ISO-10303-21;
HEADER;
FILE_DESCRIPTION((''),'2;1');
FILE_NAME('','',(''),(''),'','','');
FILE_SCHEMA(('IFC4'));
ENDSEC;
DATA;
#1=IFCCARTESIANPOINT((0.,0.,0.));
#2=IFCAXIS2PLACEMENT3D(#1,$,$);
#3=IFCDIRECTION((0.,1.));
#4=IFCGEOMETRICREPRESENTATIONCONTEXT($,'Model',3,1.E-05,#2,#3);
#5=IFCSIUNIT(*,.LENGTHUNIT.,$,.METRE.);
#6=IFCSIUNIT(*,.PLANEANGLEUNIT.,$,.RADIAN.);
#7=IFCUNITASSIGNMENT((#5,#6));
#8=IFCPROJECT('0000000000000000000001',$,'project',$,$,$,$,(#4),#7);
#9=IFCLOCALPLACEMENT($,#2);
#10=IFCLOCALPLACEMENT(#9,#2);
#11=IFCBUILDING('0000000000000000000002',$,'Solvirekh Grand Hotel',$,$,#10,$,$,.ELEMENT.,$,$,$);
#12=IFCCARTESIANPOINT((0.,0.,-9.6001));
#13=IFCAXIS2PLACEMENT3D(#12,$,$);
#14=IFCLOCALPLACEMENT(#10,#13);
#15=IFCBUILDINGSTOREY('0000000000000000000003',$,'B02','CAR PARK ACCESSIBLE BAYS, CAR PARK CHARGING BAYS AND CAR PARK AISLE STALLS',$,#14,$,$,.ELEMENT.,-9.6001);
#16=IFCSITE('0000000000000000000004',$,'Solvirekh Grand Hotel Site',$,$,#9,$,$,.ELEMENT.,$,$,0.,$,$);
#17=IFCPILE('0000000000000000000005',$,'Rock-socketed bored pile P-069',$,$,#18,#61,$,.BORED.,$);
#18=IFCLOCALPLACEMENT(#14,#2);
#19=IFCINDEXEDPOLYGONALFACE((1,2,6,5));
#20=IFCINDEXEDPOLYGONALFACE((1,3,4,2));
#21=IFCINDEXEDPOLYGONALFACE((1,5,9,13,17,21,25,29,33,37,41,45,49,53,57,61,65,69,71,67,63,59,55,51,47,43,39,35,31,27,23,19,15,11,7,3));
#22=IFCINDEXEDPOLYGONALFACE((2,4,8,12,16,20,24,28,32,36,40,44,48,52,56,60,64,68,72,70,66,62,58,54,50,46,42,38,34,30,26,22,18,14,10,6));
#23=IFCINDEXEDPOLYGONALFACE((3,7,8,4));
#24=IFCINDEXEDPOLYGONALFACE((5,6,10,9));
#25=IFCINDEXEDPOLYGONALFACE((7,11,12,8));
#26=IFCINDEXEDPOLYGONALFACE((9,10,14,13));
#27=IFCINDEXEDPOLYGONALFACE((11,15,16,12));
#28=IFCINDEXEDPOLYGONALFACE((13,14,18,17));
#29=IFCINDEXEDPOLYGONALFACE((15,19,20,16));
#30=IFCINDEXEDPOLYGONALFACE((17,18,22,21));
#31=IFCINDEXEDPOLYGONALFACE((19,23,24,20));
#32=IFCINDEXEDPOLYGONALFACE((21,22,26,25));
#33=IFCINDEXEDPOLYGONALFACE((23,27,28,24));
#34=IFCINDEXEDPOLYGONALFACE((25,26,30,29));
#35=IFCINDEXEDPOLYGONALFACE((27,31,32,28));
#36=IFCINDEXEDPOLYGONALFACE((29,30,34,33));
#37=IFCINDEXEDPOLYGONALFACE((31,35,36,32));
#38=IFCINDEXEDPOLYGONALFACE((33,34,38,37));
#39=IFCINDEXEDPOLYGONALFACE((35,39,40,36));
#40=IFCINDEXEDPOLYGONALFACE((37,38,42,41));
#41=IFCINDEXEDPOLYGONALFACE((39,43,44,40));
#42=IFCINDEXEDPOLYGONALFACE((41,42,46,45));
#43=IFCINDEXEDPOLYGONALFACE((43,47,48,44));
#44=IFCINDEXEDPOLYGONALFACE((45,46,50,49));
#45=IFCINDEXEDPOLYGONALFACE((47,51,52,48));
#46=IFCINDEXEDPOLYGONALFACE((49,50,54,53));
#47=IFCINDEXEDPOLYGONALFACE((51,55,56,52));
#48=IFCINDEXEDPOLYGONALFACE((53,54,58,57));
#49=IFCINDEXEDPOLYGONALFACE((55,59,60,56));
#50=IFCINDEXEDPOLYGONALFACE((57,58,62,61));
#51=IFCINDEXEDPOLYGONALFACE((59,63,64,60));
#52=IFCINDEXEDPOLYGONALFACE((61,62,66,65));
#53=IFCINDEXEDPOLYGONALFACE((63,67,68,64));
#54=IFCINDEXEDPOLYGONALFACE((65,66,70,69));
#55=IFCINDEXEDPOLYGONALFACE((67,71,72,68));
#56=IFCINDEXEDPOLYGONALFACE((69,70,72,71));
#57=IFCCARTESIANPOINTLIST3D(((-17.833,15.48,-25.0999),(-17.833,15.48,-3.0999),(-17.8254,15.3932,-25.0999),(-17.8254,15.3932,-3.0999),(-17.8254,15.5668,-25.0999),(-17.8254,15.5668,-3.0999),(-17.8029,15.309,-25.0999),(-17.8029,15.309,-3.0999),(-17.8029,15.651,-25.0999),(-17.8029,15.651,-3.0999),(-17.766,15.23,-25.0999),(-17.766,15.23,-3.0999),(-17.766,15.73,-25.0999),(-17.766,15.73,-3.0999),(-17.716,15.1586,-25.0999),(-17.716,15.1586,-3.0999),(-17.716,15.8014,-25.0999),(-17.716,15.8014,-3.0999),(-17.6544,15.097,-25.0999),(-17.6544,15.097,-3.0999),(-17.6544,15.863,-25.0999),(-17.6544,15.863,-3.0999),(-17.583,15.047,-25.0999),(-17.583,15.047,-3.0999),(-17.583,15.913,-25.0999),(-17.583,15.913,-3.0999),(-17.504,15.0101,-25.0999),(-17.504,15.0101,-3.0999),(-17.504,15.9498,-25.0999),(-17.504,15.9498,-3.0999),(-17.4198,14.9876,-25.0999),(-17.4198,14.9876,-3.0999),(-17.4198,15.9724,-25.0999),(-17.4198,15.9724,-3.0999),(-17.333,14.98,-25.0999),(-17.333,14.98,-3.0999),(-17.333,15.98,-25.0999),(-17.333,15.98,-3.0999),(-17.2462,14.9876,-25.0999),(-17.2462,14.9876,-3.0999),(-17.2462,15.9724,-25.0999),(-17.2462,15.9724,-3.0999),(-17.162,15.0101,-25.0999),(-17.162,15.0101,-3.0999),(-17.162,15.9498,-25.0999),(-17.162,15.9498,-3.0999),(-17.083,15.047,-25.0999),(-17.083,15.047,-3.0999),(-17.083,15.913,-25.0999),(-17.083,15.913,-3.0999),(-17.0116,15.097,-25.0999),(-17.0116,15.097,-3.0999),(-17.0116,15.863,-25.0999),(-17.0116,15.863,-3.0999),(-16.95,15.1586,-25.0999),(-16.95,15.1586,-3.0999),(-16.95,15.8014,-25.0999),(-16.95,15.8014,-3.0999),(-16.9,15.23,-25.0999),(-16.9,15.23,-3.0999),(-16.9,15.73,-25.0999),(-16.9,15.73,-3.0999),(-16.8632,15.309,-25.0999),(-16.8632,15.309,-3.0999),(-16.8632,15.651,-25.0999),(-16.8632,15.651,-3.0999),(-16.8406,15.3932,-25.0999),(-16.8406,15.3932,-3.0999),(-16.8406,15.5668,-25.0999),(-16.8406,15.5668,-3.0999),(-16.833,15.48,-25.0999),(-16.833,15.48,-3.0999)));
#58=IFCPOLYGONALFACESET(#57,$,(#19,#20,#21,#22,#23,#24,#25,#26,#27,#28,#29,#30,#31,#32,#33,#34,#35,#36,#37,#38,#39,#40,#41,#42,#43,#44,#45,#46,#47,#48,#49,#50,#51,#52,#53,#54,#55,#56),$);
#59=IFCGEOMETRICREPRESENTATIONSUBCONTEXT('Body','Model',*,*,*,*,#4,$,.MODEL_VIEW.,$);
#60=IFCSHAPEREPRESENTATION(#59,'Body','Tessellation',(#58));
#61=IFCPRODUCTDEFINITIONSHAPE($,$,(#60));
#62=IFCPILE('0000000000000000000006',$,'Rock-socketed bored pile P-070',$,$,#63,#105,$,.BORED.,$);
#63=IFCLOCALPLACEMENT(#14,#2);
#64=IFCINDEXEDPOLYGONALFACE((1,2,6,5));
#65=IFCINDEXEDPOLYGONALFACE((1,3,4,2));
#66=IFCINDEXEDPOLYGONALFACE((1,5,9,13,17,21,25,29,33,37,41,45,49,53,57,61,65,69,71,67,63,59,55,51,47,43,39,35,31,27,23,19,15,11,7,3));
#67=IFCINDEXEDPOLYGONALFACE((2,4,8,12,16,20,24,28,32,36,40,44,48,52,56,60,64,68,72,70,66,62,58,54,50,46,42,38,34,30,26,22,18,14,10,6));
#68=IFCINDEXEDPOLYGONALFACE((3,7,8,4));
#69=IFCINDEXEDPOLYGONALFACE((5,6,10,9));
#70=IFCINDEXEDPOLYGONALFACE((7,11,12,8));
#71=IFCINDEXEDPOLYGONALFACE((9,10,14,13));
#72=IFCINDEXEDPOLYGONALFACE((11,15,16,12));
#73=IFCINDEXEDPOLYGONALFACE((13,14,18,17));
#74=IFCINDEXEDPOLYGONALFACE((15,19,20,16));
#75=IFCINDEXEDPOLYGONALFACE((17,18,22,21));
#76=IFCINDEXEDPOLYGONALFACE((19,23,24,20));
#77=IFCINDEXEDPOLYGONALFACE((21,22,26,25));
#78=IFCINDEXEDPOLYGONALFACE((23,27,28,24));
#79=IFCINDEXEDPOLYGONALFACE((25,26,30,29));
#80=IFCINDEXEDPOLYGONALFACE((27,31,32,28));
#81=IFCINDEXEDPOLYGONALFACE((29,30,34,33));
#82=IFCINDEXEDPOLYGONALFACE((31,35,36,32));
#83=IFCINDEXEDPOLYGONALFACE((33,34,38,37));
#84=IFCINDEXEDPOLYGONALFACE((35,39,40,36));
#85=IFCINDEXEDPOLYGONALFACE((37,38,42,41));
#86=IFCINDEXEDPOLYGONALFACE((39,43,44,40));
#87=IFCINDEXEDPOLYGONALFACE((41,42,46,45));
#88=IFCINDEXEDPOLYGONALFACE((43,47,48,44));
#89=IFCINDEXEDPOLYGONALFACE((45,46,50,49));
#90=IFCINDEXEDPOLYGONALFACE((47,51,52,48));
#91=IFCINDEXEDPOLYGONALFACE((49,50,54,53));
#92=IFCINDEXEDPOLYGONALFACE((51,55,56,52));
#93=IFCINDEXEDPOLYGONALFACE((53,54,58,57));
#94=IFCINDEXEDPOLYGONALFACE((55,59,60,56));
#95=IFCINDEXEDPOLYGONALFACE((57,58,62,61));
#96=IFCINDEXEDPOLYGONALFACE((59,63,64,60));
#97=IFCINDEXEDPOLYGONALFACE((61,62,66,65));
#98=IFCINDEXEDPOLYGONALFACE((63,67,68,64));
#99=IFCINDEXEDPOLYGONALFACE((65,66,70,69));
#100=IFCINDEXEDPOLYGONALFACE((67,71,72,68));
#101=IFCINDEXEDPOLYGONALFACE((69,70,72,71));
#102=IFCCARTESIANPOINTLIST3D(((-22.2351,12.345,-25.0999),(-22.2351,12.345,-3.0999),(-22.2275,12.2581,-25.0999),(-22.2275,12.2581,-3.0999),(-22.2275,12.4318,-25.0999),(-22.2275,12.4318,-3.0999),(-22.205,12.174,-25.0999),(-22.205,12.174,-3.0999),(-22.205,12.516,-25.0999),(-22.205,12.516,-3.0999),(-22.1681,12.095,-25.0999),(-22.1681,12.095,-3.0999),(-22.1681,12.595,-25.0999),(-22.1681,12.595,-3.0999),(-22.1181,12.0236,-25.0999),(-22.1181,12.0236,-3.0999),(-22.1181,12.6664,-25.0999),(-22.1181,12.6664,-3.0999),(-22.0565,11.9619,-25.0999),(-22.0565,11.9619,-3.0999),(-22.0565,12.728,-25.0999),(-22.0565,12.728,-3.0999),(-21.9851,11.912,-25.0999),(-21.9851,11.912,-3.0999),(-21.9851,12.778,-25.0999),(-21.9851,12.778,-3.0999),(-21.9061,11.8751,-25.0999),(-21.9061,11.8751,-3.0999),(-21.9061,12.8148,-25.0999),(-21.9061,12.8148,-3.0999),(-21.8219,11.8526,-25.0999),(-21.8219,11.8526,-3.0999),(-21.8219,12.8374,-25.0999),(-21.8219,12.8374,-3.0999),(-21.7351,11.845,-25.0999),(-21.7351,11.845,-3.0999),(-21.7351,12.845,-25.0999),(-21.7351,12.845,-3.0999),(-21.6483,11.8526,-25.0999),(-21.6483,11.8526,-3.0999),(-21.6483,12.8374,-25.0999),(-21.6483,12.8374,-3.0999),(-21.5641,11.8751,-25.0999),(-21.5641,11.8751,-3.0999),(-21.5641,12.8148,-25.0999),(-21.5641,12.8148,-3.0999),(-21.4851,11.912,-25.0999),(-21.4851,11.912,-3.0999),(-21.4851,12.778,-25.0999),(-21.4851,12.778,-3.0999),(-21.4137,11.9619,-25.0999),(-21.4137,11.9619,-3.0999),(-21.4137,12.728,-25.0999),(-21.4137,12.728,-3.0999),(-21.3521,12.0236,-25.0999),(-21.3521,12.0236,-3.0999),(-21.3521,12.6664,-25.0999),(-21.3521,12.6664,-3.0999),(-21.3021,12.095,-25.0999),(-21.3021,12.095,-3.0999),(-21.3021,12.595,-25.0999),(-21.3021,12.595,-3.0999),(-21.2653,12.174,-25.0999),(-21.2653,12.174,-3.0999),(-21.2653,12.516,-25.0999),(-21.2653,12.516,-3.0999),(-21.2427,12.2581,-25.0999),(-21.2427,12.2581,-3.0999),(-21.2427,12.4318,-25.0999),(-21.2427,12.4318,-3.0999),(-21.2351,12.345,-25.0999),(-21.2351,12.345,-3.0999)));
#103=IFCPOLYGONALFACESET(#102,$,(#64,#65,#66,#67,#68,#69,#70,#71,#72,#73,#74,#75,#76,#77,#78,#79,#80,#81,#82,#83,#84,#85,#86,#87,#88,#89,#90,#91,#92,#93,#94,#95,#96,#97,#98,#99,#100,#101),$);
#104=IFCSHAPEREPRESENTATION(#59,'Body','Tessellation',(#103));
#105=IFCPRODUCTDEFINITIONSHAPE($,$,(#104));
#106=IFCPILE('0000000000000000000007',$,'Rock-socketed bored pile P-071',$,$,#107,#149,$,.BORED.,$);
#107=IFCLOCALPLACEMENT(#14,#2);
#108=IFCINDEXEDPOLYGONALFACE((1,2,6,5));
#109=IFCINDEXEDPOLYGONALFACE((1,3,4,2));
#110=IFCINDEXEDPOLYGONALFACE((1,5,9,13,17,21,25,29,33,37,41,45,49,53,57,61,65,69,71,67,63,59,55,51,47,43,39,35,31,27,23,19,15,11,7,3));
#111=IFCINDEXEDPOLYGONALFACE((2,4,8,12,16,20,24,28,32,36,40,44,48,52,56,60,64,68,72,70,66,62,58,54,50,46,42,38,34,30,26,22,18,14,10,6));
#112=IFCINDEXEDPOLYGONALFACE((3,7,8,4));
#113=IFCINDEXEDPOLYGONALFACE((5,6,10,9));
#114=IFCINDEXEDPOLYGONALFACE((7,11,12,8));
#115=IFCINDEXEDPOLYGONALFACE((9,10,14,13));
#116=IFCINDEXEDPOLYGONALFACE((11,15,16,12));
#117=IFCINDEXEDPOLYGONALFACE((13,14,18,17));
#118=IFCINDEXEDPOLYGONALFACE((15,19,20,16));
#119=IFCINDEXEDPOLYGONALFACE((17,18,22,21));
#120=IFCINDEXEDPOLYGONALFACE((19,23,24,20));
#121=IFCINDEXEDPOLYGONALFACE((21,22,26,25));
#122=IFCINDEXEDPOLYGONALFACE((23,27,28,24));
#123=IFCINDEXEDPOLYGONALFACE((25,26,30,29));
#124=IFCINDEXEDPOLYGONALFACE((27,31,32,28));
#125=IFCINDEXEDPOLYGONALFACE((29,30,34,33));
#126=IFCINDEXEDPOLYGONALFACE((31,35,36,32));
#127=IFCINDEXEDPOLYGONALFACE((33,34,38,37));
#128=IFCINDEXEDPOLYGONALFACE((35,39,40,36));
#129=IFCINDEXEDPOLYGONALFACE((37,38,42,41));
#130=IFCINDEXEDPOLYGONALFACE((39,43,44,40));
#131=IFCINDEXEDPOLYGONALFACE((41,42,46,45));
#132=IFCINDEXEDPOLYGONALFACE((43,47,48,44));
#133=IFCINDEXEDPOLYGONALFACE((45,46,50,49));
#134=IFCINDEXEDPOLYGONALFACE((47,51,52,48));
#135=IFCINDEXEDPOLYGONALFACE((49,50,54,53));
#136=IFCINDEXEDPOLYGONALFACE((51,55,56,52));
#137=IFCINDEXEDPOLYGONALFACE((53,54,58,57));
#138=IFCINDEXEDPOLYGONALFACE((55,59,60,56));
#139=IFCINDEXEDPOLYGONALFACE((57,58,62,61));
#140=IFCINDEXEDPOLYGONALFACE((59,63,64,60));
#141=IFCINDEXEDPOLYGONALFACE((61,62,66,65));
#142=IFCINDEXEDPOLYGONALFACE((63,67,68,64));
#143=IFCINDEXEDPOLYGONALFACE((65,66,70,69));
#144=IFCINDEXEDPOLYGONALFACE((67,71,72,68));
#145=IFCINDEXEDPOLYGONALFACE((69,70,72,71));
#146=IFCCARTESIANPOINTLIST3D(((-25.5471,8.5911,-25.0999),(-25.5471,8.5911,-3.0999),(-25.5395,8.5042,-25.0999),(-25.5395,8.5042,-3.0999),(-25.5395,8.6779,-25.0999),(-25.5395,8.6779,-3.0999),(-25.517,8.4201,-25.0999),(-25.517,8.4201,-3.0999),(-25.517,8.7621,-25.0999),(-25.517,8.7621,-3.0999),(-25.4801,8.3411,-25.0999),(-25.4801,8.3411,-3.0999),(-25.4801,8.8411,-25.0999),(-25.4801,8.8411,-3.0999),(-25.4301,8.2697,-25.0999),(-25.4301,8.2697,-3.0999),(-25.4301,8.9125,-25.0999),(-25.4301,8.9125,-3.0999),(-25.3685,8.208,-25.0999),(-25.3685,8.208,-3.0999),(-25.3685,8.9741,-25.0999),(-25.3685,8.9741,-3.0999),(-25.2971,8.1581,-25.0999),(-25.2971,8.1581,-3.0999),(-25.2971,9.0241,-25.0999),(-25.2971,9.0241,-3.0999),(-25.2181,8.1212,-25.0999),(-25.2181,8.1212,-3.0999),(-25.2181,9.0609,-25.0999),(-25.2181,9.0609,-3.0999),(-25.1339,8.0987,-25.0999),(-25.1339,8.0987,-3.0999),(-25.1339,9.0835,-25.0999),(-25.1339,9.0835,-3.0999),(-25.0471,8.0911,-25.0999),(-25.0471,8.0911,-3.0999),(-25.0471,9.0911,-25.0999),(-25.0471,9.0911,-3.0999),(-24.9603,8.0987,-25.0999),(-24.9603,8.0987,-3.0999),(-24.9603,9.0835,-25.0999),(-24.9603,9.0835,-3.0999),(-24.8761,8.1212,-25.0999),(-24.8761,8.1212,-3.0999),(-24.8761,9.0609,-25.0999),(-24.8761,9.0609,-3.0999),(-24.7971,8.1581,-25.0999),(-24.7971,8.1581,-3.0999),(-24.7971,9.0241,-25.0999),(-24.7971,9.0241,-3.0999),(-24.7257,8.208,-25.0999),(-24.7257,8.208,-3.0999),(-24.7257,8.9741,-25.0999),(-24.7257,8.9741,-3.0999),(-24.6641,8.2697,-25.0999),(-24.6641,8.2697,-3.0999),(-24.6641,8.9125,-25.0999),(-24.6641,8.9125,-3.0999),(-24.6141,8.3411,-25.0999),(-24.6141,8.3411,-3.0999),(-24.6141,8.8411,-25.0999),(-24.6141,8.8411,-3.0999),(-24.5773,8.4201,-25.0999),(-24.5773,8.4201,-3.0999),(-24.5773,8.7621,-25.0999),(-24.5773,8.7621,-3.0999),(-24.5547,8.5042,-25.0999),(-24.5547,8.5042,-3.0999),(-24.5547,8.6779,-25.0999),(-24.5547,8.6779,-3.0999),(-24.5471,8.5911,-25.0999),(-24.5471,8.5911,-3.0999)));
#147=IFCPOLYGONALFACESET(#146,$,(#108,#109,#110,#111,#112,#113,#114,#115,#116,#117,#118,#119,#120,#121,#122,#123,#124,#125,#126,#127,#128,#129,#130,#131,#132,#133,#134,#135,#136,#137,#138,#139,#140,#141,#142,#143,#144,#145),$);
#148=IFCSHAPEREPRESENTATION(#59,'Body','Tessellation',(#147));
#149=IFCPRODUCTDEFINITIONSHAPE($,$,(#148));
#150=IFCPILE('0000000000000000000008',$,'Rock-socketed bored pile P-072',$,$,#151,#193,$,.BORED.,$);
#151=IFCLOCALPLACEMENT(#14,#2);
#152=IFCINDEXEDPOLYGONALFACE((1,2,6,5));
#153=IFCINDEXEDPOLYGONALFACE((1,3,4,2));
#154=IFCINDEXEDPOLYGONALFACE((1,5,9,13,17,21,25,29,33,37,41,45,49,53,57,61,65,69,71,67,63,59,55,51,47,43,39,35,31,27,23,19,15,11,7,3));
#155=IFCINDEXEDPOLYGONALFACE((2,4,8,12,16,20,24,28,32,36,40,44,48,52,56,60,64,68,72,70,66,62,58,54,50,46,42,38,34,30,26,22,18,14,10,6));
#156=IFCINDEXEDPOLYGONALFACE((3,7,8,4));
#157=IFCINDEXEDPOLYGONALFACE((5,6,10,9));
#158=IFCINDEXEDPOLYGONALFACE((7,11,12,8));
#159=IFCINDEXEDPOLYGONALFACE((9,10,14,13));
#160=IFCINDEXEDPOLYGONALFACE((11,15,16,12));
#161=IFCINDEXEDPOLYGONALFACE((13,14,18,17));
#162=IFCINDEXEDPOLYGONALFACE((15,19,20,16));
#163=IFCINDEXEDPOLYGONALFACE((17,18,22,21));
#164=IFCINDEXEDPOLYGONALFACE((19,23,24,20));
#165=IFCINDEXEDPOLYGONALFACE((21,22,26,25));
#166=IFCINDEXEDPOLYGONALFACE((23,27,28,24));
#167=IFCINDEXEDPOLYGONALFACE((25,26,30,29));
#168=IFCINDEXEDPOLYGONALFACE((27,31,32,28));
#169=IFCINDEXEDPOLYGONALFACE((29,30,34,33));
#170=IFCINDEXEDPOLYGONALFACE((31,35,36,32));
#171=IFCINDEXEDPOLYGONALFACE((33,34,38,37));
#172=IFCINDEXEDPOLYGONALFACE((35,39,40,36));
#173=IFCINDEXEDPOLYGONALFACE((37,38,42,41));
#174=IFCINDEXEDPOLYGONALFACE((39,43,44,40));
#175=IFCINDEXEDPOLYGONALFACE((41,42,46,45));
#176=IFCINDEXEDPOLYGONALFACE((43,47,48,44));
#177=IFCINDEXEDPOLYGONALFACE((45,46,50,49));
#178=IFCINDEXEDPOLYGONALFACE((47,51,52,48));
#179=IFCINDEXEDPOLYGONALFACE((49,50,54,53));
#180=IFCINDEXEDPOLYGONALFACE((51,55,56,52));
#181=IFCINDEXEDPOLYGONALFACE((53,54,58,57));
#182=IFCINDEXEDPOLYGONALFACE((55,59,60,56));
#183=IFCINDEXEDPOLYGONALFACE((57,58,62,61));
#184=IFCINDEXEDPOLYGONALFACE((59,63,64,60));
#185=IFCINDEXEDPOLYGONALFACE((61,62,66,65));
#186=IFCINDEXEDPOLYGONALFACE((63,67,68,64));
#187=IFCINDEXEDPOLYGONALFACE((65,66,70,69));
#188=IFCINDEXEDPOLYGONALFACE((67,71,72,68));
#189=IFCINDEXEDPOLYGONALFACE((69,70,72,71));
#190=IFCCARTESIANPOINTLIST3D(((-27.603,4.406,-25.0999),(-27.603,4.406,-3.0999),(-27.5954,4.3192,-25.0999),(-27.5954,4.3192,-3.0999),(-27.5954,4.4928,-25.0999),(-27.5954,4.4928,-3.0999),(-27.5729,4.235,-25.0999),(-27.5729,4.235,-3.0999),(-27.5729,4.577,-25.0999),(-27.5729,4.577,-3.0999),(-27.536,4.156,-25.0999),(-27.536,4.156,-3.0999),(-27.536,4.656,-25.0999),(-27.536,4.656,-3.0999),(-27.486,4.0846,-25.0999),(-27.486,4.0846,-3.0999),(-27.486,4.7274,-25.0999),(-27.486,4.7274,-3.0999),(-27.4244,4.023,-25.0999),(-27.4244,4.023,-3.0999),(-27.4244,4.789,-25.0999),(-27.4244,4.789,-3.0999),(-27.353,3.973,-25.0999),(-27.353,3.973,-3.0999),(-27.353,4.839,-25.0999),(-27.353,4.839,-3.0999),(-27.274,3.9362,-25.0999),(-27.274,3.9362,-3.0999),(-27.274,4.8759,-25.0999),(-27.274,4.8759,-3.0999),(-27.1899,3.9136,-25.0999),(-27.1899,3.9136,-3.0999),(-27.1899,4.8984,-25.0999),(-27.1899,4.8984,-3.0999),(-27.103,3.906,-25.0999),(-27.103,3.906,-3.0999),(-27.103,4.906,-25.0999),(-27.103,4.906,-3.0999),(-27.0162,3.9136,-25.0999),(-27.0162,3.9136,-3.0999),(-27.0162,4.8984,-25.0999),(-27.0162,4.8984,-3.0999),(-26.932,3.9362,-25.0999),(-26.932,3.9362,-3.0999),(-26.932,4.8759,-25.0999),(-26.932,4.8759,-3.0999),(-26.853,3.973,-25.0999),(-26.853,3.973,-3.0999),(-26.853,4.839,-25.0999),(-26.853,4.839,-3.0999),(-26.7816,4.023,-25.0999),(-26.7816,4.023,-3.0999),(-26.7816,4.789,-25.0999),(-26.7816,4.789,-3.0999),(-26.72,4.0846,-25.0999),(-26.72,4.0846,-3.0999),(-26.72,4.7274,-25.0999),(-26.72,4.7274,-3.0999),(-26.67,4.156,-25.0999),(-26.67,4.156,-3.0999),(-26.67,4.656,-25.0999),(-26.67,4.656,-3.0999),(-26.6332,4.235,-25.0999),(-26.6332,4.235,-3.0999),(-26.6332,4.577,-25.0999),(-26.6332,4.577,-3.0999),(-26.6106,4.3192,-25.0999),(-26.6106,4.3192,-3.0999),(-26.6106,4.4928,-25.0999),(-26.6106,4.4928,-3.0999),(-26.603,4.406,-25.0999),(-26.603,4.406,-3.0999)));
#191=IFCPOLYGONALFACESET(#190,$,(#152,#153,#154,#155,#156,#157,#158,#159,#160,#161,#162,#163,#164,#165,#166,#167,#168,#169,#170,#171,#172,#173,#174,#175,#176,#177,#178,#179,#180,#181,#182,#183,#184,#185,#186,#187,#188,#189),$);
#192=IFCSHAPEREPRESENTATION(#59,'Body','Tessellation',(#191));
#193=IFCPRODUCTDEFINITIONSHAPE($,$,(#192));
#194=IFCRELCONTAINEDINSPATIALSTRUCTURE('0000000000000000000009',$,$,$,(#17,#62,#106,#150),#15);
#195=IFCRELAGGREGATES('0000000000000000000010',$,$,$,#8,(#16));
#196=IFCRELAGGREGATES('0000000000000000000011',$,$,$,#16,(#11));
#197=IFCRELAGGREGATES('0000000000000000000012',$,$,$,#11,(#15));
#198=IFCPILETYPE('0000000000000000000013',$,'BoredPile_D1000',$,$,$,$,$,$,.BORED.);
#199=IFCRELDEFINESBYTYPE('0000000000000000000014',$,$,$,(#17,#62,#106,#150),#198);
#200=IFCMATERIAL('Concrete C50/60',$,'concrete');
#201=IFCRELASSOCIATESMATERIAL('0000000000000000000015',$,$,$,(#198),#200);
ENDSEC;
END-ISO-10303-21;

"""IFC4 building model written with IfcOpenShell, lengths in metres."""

from ifc_helpers import new_model, si_unit, direction, frame, origin, origin_2d, place, context, subcontext, project, spatial, circle, extrude, material, material_profile, profile_set, type_object, element, save


model = new_model("IFC4")

# Units and contexts
model_context = context("Model", 3, precision=1e-05, world=origin(), true_north=direction((0.0, 1.0)))
body_context = subcontext(model_context, "Body", "Model", "MODEL_VIEW")
ifc_project = project(units=[si_unit("LENGTHUNIT", "METRE"), si_unit("PLANEANGLEUNIT", "RADIAN")], contexts=[model_context])

# Site, building, storey
site_placement = place(None, origin())
site = spatial("IfcSite", under=ifc_project, at=site_placement, Name="Solvirekh Grand Hotel Site", CompositionType="ELEMENT", RefElevation=0.0)
building_placement = place(site_placement, origin())
building = spatial("IfcBuilding", under=site, at=building_placement, Name="Solvirekh Grand Hotel", CompositionType="ELEMENT")
storey_placement = place(building_placement, frame((0.0, 0.0, -9.6001)))
storey = spatial("IfcBuildingStorey", under=building, at=storey_placement, Name="B02", Description="CAR PARK ACCESSIBLE BAYS, CAR PARK CHARGING BAYS AND CAR PARK AISLE STALLS", CompositionType="ELEMENT", Elevation=-9.6001)

# Piles
ifc_material_1 = material(Name="Concrete C50/60", Category="concrete")
ifc_material_profile_1 = material_profile(ifc_material_1, circle(Radius=0.5, at=origin_2d()), Name="BORED PILE D1000")
ifc_profile_set_1 = profile_set([ifc_material_profile_1], Name="Concrete C50/60")
pile_type_1 = type_object("IfcPileType", Name="BoredPile_D1000", PredefinedType="BORED", material=ifc_profile_set_1)
for number, where, z_axis, x_axis, name in (
    (1, (-17.333, 15.48, -3.0999), (0.0, 0.0, -1.0), (1.0, 0.0, 0.0), "Rock-socketed bored pile P-069"),
    (2, (-21.7351, 12.345, -3.0999), (0.0, 0.0, -1.0), (1.0, 0.0, 0.0), "Rock-socketed bored pile P-070"),
    (3, (-25.0471, 8.5911, -3.0999), (0.0, 0.0, -1.0), (1.0, 0.0, 0.0), "Rock-socketed bored pile P-071"),
    (4, (-27.103, 4.406, -3.0999), (0.0, 0.0, -1.0), (1.0, 0.0, 0.0), "Rock-socketed bored pile P-072"),
):
    element("IfcPile", number, at=place(storey_placement, frame(where, z_axis=z_axis, x_axis=x_axis)), inside=storey, type_object=pile_type_1, Name=name, PredefinedType="BORED", context=body_context, shape_type="SweptSolid", body=[
        extrude(circle(Radius=0.5, at=origin_2d()), origin(), (0.0, 0.0, 1.0), 22.0),
    ])

save(model, "model.ifc")
